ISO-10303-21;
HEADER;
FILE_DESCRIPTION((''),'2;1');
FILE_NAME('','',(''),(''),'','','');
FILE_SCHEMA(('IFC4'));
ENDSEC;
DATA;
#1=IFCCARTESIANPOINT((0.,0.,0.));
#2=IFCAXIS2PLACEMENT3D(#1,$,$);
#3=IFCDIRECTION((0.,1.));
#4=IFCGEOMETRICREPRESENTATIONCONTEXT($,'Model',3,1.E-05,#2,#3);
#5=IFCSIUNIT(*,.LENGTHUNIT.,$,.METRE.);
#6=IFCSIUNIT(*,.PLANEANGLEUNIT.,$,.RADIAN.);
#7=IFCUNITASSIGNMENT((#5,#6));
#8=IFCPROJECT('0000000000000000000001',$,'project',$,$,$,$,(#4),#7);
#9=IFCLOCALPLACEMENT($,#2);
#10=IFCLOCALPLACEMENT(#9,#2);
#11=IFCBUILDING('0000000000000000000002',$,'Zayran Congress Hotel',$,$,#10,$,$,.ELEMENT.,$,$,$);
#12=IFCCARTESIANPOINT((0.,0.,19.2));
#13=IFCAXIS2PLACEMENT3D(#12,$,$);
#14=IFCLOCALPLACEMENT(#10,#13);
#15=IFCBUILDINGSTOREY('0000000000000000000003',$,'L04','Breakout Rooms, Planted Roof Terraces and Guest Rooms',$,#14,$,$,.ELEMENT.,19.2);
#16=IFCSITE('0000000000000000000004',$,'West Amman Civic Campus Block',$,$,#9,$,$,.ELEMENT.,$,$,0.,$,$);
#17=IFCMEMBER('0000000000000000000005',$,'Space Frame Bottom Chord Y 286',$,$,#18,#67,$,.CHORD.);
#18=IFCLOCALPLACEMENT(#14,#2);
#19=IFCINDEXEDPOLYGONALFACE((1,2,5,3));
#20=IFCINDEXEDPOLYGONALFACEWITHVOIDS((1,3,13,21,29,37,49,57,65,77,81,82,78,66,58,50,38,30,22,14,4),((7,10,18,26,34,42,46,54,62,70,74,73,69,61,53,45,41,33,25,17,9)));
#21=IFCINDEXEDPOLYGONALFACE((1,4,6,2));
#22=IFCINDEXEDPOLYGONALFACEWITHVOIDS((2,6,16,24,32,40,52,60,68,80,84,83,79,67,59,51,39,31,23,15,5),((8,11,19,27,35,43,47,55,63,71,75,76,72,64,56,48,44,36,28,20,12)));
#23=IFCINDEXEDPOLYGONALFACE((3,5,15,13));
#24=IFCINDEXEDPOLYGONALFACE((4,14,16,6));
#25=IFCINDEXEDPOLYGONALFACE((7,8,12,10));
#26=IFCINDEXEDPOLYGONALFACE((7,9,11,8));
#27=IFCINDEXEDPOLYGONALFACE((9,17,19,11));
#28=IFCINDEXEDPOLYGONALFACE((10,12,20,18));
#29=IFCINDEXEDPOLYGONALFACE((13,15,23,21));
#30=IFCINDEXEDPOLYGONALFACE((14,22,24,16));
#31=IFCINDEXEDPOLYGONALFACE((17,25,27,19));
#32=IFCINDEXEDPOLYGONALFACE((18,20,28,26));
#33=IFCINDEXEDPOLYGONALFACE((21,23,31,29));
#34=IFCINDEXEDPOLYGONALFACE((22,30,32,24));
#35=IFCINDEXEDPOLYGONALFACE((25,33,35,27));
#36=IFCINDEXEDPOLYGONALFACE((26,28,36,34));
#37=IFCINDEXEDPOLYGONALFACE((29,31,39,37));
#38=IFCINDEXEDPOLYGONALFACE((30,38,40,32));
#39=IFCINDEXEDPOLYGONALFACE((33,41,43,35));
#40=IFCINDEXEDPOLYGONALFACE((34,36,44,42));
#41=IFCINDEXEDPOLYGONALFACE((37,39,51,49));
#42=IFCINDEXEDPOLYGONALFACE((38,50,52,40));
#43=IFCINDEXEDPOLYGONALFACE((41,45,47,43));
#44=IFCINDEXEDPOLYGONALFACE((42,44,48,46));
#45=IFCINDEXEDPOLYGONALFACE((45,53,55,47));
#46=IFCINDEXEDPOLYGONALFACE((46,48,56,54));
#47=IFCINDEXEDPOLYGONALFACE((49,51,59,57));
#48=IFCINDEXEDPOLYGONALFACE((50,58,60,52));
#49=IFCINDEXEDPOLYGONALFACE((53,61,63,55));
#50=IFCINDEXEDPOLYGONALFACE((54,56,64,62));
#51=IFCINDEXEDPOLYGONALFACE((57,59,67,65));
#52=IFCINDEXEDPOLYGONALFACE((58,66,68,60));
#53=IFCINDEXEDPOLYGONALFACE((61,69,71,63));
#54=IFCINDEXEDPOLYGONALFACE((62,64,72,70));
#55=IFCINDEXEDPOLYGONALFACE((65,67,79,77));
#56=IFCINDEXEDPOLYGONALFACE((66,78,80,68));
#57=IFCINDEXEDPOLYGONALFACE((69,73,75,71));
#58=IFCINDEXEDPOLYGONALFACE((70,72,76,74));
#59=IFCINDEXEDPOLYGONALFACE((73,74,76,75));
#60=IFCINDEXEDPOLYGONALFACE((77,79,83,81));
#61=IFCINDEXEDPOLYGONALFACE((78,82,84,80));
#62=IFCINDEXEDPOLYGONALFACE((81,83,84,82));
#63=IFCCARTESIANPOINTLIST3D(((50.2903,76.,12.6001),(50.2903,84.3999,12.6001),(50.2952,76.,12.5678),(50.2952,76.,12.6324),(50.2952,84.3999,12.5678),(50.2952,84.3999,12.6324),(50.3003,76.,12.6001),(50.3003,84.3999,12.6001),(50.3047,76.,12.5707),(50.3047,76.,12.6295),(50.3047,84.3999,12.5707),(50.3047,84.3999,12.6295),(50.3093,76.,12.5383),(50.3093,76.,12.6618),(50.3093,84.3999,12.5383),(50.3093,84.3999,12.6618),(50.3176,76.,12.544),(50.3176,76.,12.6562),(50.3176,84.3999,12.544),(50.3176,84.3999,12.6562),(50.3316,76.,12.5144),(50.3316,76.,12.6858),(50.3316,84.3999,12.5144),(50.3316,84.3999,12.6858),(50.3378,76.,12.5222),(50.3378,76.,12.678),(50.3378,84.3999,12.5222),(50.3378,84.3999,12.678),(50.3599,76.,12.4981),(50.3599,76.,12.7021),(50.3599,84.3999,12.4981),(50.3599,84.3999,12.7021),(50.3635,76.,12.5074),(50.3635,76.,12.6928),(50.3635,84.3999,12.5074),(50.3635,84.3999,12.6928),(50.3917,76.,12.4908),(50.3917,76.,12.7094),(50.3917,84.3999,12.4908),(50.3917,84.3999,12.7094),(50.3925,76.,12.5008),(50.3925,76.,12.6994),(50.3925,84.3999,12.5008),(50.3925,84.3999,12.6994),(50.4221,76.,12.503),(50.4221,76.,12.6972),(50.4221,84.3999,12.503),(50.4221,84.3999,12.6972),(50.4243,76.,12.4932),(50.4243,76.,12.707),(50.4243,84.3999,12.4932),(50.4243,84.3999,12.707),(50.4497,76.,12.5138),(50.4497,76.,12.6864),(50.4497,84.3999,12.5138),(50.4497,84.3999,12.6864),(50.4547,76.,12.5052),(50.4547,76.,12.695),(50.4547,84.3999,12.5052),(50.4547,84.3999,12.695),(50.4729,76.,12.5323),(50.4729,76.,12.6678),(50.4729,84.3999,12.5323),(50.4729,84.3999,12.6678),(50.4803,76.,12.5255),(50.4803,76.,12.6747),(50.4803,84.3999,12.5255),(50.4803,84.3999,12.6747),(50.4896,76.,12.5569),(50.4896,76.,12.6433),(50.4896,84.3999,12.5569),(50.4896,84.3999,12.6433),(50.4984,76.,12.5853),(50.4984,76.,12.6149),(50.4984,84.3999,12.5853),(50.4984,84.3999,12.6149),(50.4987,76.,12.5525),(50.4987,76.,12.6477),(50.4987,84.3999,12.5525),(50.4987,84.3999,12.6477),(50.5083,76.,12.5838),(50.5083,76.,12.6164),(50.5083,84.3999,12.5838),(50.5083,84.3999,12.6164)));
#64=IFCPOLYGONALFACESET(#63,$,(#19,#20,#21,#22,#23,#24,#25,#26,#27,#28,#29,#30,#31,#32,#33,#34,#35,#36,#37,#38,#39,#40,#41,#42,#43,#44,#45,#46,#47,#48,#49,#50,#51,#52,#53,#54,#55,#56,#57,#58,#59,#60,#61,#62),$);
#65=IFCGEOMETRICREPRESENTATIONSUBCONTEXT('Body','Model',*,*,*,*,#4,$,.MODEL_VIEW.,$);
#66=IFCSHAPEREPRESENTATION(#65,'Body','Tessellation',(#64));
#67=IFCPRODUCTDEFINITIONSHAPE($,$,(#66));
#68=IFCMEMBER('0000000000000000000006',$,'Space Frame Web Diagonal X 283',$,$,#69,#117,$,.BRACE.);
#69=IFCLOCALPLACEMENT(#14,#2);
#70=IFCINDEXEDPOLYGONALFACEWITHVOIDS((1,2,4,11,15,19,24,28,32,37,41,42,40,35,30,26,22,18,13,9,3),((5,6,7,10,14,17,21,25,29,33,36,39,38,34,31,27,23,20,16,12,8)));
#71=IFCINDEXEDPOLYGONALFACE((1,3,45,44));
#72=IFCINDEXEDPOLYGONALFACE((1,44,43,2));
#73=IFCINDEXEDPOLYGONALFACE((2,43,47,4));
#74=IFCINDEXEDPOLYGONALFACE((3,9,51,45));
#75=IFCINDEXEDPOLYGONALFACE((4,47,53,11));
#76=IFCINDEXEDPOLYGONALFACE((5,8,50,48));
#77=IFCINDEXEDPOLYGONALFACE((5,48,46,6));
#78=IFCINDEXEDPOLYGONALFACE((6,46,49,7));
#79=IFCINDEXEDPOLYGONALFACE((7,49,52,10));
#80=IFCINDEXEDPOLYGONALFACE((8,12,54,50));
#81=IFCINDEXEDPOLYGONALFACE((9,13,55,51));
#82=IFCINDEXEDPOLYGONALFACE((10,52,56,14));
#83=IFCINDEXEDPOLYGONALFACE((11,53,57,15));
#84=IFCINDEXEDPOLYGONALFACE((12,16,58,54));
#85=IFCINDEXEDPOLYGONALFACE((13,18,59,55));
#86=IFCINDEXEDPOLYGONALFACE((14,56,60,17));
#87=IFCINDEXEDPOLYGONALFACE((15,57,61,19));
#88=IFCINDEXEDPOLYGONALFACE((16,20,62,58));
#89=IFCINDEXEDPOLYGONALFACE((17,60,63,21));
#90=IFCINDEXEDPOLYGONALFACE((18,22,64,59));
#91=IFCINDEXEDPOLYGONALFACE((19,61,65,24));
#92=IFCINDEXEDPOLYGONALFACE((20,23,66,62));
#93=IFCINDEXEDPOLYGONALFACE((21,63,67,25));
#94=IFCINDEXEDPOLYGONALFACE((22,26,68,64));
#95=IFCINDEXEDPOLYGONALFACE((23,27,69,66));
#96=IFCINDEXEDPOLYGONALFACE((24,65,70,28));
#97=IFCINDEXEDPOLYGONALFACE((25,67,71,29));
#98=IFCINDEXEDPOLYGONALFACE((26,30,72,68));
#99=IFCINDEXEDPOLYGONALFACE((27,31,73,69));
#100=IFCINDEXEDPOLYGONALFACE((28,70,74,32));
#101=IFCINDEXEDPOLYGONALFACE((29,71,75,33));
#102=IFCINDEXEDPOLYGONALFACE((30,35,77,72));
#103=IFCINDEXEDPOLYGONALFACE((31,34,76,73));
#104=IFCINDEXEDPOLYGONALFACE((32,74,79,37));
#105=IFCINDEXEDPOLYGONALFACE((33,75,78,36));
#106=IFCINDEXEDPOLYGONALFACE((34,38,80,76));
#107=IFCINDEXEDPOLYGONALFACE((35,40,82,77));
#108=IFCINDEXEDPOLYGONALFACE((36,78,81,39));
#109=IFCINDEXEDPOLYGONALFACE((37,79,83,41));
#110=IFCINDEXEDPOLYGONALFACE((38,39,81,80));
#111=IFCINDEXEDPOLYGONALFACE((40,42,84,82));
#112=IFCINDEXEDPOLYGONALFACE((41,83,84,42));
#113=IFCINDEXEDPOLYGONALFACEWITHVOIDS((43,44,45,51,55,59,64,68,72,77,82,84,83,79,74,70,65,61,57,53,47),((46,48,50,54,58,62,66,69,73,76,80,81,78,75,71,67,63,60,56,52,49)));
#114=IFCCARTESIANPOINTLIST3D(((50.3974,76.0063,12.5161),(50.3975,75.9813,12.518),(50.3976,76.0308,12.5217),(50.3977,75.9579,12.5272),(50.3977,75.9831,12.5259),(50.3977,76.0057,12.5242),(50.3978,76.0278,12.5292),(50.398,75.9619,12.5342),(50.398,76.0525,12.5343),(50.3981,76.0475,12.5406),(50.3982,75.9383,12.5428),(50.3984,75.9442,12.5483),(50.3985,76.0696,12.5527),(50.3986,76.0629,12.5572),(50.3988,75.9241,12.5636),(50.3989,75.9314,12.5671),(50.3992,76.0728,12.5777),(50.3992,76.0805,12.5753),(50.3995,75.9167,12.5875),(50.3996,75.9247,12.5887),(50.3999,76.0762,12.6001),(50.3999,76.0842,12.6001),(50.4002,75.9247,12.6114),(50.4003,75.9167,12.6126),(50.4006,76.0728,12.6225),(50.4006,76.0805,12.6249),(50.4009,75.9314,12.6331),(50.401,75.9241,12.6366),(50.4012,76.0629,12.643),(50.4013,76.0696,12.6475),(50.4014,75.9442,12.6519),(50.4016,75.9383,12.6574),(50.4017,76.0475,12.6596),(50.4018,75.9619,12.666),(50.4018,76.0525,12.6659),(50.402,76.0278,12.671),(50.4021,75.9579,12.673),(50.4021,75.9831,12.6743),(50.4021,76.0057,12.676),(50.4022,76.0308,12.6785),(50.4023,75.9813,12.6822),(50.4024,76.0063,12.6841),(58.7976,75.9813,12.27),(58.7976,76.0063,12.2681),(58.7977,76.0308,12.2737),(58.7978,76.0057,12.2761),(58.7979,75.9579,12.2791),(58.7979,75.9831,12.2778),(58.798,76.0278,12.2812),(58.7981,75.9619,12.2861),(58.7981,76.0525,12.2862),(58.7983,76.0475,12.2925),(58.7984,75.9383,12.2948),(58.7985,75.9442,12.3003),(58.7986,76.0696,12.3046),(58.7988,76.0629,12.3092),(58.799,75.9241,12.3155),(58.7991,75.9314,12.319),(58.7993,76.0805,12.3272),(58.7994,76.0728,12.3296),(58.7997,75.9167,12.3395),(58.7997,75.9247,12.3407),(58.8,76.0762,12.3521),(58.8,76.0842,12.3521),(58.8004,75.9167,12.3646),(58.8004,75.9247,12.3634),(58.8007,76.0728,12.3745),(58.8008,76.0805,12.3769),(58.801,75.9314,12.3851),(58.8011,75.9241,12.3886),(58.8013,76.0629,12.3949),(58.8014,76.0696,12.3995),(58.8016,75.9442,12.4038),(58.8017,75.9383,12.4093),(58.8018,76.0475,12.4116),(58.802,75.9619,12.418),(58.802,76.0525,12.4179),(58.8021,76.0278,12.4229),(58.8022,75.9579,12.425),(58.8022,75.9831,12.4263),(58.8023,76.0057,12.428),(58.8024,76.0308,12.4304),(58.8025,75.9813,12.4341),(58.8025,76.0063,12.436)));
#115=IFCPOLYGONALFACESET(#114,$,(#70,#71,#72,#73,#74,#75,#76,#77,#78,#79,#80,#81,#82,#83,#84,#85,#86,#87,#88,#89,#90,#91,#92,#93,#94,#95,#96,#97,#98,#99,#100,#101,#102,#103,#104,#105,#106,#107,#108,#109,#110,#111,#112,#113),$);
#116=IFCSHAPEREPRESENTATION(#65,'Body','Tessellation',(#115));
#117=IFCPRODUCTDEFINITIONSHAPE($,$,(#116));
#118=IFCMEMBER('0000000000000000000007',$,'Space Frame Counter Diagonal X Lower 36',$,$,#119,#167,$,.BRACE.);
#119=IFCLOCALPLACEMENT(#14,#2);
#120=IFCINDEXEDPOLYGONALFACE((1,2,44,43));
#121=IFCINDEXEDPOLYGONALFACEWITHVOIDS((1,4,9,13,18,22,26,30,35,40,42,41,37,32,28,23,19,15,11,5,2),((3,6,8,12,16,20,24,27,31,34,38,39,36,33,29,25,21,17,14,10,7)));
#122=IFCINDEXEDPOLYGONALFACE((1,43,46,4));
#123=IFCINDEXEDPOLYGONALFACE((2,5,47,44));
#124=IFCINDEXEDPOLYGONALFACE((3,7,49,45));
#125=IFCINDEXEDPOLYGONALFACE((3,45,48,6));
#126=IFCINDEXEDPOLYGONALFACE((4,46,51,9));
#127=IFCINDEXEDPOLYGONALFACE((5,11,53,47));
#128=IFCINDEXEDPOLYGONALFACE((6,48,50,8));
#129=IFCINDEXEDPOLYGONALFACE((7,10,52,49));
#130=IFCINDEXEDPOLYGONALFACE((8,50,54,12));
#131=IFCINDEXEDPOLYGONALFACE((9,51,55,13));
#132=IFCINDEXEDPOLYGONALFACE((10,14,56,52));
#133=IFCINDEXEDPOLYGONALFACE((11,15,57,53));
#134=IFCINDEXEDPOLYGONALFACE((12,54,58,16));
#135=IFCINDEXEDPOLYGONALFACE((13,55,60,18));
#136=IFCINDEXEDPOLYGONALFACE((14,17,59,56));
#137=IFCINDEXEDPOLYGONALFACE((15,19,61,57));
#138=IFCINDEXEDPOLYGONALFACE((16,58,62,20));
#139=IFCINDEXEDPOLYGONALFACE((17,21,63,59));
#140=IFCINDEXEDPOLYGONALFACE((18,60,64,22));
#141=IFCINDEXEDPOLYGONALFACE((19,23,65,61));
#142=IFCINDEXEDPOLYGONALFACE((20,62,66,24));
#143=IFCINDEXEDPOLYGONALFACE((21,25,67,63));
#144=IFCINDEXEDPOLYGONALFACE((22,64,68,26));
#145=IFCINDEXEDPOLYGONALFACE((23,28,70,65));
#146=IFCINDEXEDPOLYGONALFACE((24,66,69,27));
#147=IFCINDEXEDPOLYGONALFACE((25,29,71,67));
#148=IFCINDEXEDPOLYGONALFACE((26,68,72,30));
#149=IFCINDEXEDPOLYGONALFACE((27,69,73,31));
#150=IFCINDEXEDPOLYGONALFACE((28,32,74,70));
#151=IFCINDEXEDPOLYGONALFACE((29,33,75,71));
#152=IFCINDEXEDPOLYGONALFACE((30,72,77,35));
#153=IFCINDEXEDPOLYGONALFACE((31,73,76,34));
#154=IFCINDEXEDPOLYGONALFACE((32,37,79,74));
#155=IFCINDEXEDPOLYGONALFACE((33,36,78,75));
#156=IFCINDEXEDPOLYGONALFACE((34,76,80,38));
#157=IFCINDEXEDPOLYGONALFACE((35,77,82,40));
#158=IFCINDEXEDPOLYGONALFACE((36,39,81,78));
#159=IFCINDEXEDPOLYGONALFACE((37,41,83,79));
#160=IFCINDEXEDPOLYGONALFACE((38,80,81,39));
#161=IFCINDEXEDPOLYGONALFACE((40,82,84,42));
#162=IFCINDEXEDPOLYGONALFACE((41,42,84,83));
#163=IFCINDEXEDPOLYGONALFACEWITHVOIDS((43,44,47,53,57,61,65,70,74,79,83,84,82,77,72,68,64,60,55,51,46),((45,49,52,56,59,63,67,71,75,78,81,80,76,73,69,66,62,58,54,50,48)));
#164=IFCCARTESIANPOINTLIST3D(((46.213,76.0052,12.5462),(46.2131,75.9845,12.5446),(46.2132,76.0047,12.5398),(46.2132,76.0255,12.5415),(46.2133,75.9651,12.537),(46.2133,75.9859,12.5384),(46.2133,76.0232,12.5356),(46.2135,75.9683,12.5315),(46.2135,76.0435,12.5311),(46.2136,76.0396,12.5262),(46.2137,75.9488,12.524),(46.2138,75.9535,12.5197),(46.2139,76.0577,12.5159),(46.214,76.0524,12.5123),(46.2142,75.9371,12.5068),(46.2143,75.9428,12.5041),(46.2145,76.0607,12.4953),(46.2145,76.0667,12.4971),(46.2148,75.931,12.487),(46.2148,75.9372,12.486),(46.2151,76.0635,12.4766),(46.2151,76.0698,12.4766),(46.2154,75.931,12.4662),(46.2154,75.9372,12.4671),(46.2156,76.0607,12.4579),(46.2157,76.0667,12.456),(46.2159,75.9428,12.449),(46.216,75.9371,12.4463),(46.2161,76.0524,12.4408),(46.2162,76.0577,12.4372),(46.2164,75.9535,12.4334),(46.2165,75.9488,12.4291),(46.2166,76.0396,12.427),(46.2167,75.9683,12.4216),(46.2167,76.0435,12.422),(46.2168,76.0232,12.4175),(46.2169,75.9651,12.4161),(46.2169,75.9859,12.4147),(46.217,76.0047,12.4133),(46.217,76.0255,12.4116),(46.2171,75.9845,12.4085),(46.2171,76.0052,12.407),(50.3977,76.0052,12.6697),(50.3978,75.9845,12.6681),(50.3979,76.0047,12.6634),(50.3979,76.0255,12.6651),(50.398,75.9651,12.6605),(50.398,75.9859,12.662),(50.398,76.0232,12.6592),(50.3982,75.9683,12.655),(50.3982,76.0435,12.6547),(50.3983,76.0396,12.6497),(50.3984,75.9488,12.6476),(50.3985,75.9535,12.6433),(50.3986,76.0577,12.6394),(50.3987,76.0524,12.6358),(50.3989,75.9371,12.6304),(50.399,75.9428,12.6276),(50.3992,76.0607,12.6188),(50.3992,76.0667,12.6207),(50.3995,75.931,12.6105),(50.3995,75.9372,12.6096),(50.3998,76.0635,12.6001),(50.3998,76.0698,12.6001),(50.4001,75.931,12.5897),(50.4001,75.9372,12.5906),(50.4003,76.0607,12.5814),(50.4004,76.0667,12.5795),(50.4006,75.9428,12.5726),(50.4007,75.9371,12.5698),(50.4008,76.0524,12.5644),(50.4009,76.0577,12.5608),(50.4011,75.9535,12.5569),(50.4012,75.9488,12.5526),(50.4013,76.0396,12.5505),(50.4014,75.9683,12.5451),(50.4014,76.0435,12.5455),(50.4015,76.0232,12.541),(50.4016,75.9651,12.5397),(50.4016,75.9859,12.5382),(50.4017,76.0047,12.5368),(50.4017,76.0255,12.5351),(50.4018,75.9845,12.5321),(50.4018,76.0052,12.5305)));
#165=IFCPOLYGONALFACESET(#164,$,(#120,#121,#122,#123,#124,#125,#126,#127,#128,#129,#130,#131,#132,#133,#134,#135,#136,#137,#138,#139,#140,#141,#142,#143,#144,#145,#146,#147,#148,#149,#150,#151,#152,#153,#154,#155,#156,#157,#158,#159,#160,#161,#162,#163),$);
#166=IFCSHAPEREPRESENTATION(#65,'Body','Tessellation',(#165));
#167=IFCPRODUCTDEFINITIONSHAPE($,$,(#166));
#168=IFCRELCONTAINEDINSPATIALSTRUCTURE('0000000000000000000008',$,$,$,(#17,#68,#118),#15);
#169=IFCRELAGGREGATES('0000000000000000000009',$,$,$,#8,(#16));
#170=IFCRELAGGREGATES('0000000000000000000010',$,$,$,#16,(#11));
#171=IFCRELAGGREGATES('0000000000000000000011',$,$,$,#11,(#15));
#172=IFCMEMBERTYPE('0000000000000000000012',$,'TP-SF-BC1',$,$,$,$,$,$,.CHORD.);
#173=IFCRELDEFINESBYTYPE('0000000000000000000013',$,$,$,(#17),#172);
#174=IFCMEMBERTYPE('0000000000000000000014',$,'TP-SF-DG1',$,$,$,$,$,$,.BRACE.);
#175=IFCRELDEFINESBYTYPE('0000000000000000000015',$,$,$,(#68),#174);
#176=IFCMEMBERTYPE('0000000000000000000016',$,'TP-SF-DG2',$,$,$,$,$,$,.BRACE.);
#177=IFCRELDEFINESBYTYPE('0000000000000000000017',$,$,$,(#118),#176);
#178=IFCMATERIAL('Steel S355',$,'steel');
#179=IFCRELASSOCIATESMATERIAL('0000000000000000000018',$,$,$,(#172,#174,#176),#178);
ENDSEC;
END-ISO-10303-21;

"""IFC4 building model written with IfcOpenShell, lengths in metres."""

from ifc_helpers import new_model, si_unit, direction, frame, origin, origin_2d, place, context, subcontext, project, spatial, hollow_circle, extrude, material, material_profile, profile_set, type_object, element, save


model = new_model("IFC4")

# Units and contexts
model_context = context("Model", 3, precision=1e-05, world=origin(), true_north=direction((0.0, 1.0)))
body_context = subcontext(model_context, "Body", "Model", "MODEL_VIEW")
ifc_project = project(units=[si_unit("LENGTHUNIT", "METRE"), si_unit("PLANEANGLEUNIT", "RADIAN")], contexts=[model_context])

# Site, building, storey
site_placement = place(None, origin())
site = spatial("IfcSite", under=ifc_project, at=site_placement, Name="West Amman Civic Campus Block", CompositionType="ELEMENT", RefElevation=0.0)
building_placement = place(site_placement, origin())
building = spatial("IfcBuilding", under=site, at=building_placement, Name="Zayran Congress Hotel", CompositionType="ELEMENT")
storey_placement = place(building_placement, frame((0.0, 0.0, 19.2)))
storey = spatial("IfcBuildingStorey", under=building, at=storey_placement, Name="L04", Description="Breakout Rooms, Planted Roof Terraces and Guest Rooms", CompositionType="ELEMENT", Elevation=19.2)

# Members
ifc_material_1 = material(Name="Steel S355", Category="steel")
ifc_material_profile_1 = material_profile(ifc_material_1, hollow_circle(Radius=0.1096, WallThickness=0.01, at=origin_2d()), Name="CHS 219.1x10")
ifc_profile_set_1 = profile_set([ifc_material_profile_1], Name="Steel S355")
member_type_1 = type_object("IfcMemberType", Name="TP-SF-BC1", PredefinedType="CHORD", material=ifc_profile_set_1)
member_1_placement = place(storey_placement, frame((50.3999, 76.0, 12.6001), z_axis=(0.0, 1.0, 0.0), x_axis=(-1.0, 0.0, 0.0)))
element("IfcMember", 1, at=member_1_placement, inside=storey, type_object=member_type_1, Name="Space Frame Bottom Chord Y 286", PredefinedType="CHORD", context=body_context, shape_type="SweptSolid", body=[
    extrude(hollow_circle(Radius=0.1096, WallThickness=0.01, at=origin_2d()), origin(), (0.0, 0.0, 1.0), 8.3999),
])
ifc_material_profile_2 = material_profile(ifc_material_1, hollow_circle(Radius=0.0842, WallThickness=0.0081, at=origin_2d()), Name="CHS 168.3x8")
ifc_profile_set_2 = profile_set([ifc_material_profile_2], Name="Steel S355")
member_type_2 = type_object("IfcMemberType", Name="TP-SF-DG1", PredefinedType="BRACE", material=ifc_profile_set_2)
member_2_placement = place(storey_placement, frame((50.3999, 76.0, 12.6001), z_axis=(0.999564, 0.0, -0.029516), x_axis=(0.0, 1.0, 0.0)))
element("IfcMember", 2, at=member_2_placement, inside=storey, type_object=member_type_2, Name="Space Frame Web Diagonal X 283", PredefinedType="BRACE", context=body_context, shape_type="SweptSolid", body=[
    extrude(hollow_circle(Radius=0.0842, WallThickness=0.0081, at=origin_2d()), origin(), (0.0, 0.0, 1.0), 8.4038),
])
ifc_material_profile_3 = material_profile(ifc_material_1, hollow_circle(Radius=0.0698, WallThickness=0.0063, at=origin_2d()), Name="CHS 139.7x6.3")
ifc_profile_set_3 = profile_set([ifc_material_profile_3], Name="Steel S355")
member_type_3 = type_object("IfcMemberType", Name="TP-SF-DG2", PredefinedType="BRACE", material=ifc_profile_set_3)
member_3_placement = place(storey_placement, frame((46.2151, 76.0, 12.4766), z_axis=(0.999565, 0.0, 0.029507), x_axis=(0.0, 1.0, 0.0)))
element("IfcMember", 3, at=member_3_placement, inside=storey, type_object=member_type_3, Name="Space Frame Counter Diagonal X Lower 36", PredefinedType="BRACE", context=body_context, shape_type="SweptSolid", body=[
    extrude(hollow_circle(Radius=0.0698, WallThickness=0.0063, at=origin_2d()), origin(), (0.0, 0.0, 1.0), 4.1865),
])

save(model, "model.ifc")
